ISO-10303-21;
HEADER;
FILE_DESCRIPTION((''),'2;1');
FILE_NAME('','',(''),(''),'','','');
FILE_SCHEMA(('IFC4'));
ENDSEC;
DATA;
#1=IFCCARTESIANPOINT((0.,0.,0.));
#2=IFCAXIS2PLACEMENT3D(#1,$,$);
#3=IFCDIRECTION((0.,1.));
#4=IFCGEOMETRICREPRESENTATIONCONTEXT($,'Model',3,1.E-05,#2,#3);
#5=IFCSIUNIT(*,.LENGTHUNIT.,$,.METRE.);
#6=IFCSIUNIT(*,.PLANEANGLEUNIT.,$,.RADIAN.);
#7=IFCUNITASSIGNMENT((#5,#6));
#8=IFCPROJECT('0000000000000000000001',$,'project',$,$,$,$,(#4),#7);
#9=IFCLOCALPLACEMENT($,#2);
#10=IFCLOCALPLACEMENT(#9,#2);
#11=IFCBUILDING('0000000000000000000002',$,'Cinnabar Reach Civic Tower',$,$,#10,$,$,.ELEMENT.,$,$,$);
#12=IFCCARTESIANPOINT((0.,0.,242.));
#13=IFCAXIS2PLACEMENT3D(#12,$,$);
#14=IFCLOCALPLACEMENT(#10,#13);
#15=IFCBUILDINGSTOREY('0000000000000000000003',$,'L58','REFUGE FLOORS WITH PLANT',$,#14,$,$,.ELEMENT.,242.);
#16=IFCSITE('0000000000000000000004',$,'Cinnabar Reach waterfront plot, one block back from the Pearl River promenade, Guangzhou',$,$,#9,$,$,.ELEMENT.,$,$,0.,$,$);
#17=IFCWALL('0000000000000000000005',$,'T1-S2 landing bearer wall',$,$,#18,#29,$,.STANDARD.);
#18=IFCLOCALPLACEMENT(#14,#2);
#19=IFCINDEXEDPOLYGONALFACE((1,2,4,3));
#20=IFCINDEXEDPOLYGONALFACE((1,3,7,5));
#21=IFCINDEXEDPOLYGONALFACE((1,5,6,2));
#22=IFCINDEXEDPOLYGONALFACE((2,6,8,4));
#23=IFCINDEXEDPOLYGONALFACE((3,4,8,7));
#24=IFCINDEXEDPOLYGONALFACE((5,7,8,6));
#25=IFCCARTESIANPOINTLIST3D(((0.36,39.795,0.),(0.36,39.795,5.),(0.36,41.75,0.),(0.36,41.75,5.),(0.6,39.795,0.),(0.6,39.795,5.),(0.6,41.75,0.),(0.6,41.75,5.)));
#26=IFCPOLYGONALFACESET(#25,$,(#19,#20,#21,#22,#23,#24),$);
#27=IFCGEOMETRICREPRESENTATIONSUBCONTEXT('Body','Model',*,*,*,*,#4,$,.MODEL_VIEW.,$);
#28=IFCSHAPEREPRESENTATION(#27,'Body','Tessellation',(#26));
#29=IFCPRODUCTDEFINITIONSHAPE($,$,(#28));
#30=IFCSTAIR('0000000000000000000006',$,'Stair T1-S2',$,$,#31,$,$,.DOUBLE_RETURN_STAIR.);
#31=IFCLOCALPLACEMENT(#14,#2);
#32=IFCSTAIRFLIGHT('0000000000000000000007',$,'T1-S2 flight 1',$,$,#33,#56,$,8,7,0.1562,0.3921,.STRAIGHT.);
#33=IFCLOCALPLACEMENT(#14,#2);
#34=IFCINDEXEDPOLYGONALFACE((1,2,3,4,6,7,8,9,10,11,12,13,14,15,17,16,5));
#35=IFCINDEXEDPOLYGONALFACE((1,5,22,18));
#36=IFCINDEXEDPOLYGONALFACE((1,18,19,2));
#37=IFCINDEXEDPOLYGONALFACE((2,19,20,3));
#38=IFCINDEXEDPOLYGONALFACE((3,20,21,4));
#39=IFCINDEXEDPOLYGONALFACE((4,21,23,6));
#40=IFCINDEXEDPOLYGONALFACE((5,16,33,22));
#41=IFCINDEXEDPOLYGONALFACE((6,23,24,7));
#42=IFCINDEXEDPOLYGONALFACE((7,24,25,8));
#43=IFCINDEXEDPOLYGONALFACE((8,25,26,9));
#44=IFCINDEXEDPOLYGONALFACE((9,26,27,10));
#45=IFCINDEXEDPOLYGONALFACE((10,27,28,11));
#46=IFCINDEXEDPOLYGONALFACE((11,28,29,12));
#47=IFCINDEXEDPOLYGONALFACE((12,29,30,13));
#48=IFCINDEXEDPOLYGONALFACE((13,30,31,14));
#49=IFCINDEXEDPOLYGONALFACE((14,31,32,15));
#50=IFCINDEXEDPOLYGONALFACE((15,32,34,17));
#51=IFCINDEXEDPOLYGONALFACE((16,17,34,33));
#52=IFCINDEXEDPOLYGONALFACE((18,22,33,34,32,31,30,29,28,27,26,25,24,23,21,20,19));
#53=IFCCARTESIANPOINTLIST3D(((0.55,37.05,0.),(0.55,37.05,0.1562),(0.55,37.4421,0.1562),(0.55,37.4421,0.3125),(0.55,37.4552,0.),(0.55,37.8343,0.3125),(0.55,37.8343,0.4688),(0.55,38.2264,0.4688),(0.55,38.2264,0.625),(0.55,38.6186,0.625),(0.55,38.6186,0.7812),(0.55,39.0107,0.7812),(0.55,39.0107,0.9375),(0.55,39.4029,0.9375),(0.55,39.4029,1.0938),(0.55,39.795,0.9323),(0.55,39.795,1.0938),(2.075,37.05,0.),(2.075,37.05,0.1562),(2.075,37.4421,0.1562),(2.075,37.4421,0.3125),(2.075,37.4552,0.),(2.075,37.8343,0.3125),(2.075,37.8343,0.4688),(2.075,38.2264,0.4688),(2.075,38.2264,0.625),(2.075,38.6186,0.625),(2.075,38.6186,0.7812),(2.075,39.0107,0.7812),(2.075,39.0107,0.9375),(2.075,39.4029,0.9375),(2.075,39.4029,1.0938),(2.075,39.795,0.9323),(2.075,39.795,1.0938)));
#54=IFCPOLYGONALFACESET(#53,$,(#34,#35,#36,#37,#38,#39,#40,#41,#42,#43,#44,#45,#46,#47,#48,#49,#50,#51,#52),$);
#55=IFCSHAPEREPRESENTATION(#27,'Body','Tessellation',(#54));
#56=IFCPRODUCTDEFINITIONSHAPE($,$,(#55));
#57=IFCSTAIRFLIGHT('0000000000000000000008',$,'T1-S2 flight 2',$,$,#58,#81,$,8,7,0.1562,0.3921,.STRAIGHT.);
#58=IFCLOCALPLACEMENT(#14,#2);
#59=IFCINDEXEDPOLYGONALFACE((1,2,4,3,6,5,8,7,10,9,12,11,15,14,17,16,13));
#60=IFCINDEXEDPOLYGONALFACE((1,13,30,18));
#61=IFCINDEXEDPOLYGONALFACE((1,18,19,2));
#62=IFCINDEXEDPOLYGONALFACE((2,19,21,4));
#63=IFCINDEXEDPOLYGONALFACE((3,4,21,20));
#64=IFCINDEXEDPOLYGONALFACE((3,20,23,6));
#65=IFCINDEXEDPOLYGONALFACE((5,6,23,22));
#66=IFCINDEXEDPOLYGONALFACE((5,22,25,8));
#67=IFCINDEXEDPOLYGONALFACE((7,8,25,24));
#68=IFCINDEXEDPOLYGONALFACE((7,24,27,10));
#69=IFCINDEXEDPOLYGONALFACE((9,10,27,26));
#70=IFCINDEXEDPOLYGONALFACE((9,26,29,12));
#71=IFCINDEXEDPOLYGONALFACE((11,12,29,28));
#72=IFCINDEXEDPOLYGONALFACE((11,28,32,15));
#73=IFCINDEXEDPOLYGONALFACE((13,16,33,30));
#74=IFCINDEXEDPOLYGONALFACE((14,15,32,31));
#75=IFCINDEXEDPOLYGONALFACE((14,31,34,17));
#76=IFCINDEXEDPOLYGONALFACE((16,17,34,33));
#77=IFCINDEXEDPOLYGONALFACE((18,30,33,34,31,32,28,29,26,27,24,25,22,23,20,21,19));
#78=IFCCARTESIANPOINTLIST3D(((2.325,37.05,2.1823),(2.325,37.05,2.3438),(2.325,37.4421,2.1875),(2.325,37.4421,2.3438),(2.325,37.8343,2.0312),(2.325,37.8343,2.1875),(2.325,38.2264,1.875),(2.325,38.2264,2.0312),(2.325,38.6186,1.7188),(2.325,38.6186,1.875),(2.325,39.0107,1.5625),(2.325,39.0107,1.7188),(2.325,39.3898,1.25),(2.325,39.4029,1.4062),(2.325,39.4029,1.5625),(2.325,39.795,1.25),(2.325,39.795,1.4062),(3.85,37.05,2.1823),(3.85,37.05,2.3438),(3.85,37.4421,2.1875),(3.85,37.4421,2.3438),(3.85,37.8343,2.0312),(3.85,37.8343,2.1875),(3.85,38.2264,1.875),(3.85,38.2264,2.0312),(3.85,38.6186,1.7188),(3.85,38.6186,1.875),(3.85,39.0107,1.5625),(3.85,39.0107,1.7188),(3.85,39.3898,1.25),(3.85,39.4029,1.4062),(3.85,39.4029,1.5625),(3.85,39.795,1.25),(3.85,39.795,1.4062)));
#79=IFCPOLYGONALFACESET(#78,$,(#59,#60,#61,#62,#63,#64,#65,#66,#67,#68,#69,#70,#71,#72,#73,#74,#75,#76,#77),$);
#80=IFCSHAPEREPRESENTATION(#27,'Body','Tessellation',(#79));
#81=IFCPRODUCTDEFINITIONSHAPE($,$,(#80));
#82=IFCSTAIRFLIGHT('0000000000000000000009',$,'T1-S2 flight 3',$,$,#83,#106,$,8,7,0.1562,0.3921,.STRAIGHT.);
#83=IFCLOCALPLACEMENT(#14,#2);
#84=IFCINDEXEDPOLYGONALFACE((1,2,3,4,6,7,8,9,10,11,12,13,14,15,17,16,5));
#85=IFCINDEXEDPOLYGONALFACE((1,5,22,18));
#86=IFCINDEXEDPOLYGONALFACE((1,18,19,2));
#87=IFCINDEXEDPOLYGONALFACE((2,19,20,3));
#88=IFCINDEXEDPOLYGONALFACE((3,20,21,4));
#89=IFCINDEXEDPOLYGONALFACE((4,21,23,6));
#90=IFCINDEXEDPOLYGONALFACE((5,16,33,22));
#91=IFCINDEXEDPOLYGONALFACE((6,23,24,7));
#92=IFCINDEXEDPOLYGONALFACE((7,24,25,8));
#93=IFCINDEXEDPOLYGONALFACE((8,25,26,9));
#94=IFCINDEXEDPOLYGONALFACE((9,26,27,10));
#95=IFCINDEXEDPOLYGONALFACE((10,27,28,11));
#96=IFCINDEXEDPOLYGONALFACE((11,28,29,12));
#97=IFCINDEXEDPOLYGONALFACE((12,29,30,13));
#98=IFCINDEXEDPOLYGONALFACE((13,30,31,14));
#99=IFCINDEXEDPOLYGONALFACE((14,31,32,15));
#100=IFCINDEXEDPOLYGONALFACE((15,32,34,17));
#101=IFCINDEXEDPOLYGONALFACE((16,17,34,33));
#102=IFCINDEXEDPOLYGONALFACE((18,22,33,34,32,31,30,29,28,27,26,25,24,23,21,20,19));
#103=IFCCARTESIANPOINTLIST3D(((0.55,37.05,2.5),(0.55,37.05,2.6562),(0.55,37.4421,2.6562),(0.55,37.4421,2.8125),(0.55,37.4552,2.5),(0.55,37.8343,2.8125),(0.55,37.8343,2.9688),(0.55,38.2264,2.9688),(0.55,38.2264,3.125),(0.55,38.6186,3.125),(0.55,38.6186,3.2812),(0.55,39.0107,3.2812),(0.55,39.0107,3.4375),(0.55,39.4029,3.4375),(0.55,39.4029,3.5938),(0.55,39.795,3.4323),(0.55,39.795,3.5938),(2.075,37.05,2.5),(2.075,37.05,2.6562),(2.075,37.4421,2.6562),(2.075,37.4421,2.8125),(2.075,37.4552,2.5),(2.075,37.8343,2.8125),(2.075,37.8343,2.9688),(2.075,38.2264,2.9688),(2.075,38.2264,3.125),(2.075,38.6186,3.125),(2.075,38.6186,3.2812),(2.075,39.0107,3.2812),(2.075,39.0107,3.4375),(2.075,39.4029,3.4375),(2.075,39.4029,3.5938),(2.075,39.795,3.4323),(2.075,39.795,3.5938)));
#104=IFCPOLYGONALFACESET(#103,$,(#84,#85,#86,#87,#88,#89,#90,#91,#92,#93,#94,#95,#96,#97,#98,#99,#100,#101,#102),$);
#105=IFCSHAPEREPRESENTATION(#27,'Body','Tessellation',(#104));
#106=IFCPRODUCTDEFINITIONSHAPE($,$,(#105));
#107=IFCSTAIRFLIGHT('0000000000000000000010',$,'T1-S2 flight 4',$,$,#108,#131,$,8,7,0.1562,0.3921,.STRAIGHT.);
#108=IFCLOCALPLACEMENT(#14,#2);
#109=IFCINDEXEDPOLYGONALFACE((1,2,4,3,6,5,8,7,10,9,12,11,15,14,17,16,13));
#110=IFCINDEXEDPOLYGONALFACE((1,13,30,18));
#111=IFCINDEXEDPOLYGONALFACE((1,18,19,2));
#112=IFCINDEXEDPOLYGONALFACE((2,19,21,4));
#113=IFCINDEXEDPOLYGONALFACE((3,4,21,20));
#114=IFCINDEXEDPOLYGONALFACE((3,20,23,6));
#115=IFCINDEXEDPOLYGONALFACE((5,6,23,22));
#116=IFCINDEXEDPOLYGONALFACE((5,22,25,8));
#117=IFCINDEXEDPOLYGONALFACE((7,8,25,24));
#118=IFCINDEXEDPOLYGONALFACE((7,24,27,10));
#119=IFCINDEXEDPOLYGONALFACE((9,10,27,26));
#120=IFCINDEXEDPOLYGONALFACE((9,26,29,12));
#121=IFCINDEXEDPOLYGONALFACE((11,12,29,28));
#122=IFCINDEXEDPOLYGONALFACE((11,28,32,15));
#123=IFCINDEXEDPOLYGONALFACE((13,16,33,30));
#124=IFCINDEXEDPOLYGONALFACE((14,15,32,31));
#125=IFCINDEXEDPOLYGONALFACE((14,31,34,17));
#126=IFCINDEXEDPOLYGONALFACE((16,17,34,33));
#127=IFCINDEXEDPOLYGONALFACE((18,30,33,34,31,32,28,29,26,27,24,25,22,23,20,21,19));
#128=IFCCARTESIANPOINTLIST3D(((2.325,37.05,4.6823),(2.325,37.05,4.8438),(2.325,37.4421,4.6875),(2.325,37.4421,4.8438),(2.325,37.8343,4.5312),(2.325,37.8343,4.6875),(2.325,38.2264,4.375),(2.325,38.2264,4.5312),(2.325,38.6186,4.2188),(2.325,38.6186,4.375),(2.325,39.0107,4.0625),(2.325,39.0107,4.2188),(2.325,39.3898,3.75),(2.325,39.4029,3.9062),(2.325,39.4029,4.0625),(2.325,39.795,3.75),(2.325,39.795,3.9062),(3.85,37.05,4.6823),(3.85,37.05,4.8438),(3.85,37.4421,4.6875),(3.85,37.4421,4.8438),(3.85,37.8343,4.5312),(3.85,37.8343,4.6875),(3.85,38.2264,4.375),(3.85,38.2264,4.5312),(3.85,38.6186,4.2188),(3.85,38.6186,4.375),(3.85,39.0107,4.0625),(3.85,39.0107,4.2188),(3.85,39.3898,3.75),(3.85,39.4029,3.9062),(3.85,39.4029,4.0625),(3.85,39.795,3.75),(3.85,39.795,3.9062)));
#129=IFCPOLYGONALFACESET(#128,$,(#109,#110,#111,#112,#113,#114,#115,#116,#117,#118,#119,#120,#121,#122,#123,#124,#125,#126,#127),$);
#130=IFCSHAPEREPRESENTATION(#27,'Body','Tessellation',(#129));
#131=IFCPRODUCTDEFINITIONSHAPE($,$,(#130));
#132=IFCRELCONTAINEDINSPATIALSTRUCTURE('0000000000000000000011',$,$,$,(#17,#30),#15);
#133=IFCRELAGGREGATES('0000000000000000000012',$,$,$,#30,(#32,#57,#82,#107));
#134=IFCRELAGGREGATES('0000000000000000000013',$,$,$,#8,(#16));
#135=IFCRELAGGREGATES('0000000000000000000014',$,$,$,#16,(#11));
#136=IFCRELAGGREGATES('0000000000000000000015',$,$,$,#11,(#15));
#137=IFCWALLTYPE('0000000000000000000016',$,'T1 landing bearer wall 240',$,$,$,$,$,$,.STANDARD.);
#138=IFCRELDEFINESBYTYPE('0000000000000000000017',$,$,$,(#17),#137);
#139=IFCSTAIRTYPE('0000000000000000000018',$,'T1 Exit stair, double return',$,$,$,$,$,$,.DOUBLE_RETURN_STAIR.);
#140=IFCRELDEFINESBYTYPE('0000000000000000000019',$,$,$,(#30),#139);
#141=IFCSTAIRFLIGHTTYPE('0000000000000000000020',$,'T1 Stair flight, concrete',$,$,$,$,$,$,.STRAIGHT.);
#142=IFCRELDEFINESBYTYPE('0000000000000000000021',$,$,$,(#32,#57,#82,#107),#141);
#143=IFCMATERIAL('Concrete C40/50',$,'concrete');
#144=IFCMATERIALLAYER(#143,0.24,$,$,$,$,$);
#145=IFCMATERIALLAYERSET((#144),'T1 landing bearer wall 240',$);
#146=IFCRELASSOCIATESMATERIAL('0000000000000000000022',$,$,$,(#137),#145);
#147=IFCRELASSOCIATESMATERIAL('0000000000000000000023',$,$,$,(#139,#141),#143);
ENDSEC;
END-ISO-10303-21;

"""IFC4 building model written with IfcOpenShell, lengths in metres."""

from ifc_helpers import new_model, si_unit, direction, frame, frame_2d, origin, place, context, subcontext, project, spatial, polyline, rectangle, outline, extrude, material, layer, layer_set, type_object, element, aggregate, save


model = new_model("IFC4")

# Units and contexts
model_context = context("Model", 3, precision=1e-05, world=origin(), true_north=direction((0.0, 1.0)))
body_context = subcontext(model_context, "Body", "Model", "MODEL_VIEW")
ifc_project = project(units=[si_unit("LENGTHUNIT", "METRE"), si_unit("PLANEANGLEUNIT", "RADIAN")], contexts=[model_context])

# Site, building, storey
site_placement = place(None, origin())
site = spatial("IfcSite", under=ifc_project, at=site_placement, Name="Cinnabar Reach waterfront plot, one block back from the Pearl River promenade, Guangzhou", CompositionType="ELEMENT", RefElevation=0.0)
building_placement = place(site_placement, origin())
building = spatial("IfcBuilding", under=site, at=building_placement, Name="Cinnabar Reach Civic Tower", CompositionType="ELEMENT")
storey_placement = place(building_placement, frame((0.0, 0.0, 242.0)))
storey = spatial("IfcBuildingStorey", under=building, at=storey_placement, Name="L58", Description="REFUGE FLOORS WITH PLANT", CompositionType="ELEMENT", Elevation=242.0)

# Wall
ifc_material_1 = material(Name="Concrete C40/50", Category="concrete")
ifc_layer_1 = layer(ifc_material_1, 0.24)
ifc_layer_set_1 = layer_set([ifc_layer_1], Name="T1 landing bearer wall 240")
wall_type_1 = type_object("IfcWallType", Name="T1 landing bearer wall 240", PredefinedType="STANDARD", material=ifc_layer_set_1)
wall_1_placement = place(storey_placement, frame((0.48, 39.795, 0.0), z_axis=(0.0, 0.0, 1.0), x_axis=(0.0, 1.0, 0.0)))
element("IfcWall", 1, at=wall_1_placement, inside=storey, type_object=wall_type_1, Name="T1-S2 landing bearer wall", PredefinedType="STANDARD", context=body_context, shape_type="SweptSolid", body=[
    extrude(rectangle(XDim=1.955, YDim=0.24, at=frame_2d((0.9775, 0.0))), origin(), (0.0, 0.0, 1.0), 5.0),
])

# Stair, stair flights
stair_type = type_object("IfcStairType", Name="T1 Exit stair, double return", PredefinedType="DOUBLE_RETURN_STAIR", material=ifc_material_1)
stair_placement = place(storey_placement, origin())
stair = element("IfcStair", 2, at=stair_placement, inside=storey, type_object=stair_type, Name="Stair T1-S2", PredefinedType="DOUBLE_RETURN_STAIR")
stair_flight_type = type_object("IfcStairFlightType", Name="T1 Stair flight, concrete", PredefinedType="STRAIGHT", material=ifc_material_1)
stair_flight_1_placement = place(storey_placement, frame((1.3125, 37.05, 0.0), z_axis=(0.0, 0.0, 1.0), x_axis=(0.0, 1.0, 0.0)))
stair_flight_1 = element("IfcStairFlight", 3, at=stair_flight_1_placement, type_object=stair_flight_type, Name="T1-S2 flight 1", NumberOfRisers=8, NumberOfTreads=7, PredefinedType="STRAIGHT", RiserHeight=0.1562, TreadLength=0.3921, context=body_context, shape_type="SweptSolid", body=[
    extrude(outline(polyline([(0.0, 0.0), (0.0, 0.1562), (0.3921, 0.1562), (0.3921, 0.3125), (0.7843, 0.3125), (0.7843, 0.4688), (1.1764, 0.4688), (1.1764, 0.625), (1.5686, 0.625), (1.5686, 0.7812), (1.9607, 0.7812), (1.9607, 0.9375), (2.3529, 0.9375), (2.3529, 1.0938), (2.745, 1.0938), (2.745, 1.25), (2.745, 0.9323), (0.4052, 0.0), (0.0, 0.0)])), frame((0.0, 0.7625, 0.0), z_axis=(0.0, -1.0, 0.0), x_axis=(1.0, 0.0, 0.0)), (0.0, 0.0, 1.0), 1.525),
])
stair_flight_2_placement = place(storey_placement, frame((3.0875, 39.795, 1.25), z_axis=(0.0, 0.0, 1.0), x_axis=(0.0, -1.0, 0.0)))
stair_flight_2 = element("IfcStairFlight", 4, at=stair_flight_2_placement, type_object=stair_flight_type, Name="T1-S2 flight 2", NumberOfRisers=8, NumberOfTreads=7, PredefinedType="STRAIGHT", RiserHeight=0.1562, TreadLength=0.3921, context=body_context, shape_type="SweptSolid", body=[
    extrude(outline(polyline([(0.0, 0.0), (0.0, 0.1562), (0.3921, 0.1562), (0.3921, 0.3125), (0.7843, 0.3125), (0.7843, 0.4688), (1.1764, 0.4688), (1.1764, 0.625), (1.5686, 0.625), (1.5686, 0.7812), (1.9607, 0.7812), (1.9607, 0.9375), (2.3529, 0.9375), (2.3529, 1.0938), (2.745, 1.0938), (2.745, 1.25), (2.745, 0.9323), (0.4052, 0.0), (0.0, 0.0)])), frame((0.0, 0.7625, 0.0), z_axis=(0.0, -1.0, 0.0), x_axis=(1.0, 0.0, 0.0)), (0.0, 0.0, 1.0), 1.525),
])
stair_flight_3_placement = place(storey_placement, frame((1.3125, 37.05, 2.5), z_axis=(0.0, 0.0, 1.0), x_axis=(0.0, 1.0, 0.0)))
stair_flight_3 = element("IfcStairFlight", 5, at=stair_flight_3_placement, type_object=stair_flight_type, Name="T1-S2 flight 3", NumberOfRisers=8, NumberOfTreads=7, PredefinedType="STRAIGHT", RiserHeight=0.1562, TreadLength=0.3921, context=body_context, shape_type="SweptSolid", body=[
    extrude(outline(polyline([(0.0, 0.0), (0.0, 0.1562), (0.3921, 0.1562), (0.3921, 0.3125), (0.7843, 0.3125), (0.7843, 0.4688), (1.1764, 0.4688), (1.1764, 0.625), (1.5686, 0.625), (1.5686, 0.7812), (1.9607, 0.7812), (1.9607, 0.9375), (2.3529, 0.9375), (2.3529, 1.0938), (2.745, 1.0938), (2.745, 1.25), (2.745, 0.9323), (0.4052, 0.0), (0.0, 0.0)])), frame((0.0, 0.7625, 0.0), z_axis=(0.0, -1.0, 0.0), x_axis=(1.0, 0.0, 0.0)), (0.0, 0.0, 1.0), 1.525),
])
stair_flight_4_placement = place(storey_placement, frame((3.0875, 39.795, 3.75), z_axis=(0.0, 0.0, 1.0), x_axis=(0.0, -1.0, 0.0)))
stair_flight_4 = element("IfcStairFlight", 6, at=stair_flight_4_placement, type_object=stair_flight_type, Name="T1-S2 flight 4", NumberOfRisers=8, NumberOfTreads=7, PredefinedType="STRAIGHT", RiserHeight=0.1562, TreadLength=0.3921, context=body_context, shape_type="SweptSolid", body=[
    extrude(outline(polyline([(0.0, 0.0), (0.0, 0.1562), (0.3921, 0.1562), (0.3921, 0.3125), (0.7843, 0.3125), (0.7843, 0.4688), (1.1764, 0.4688), (1.1764, 0.625), (1.5686, 0.625), (1.5686, 0.7812), (1.9607, 0.7812), (1.9607, 0.9375), (2.3529, 0.9375), (2.3529, 1.0938), (2.745, 1.0938), (2.745, 1.25), (2.745, 0.9323), (0.4052, 0.0), (0.0, 0.0)])), frame((0.0, 0.7625, 0.0), z_axis=(0.0, -1.0, 0.0), x_axis=(1.0, 0.0, 0.0)), (0.0, 0.0, 1.0), 1.525),
])
aggregate(stair, [stair_flight_1, stair_flight_2, stair_flight_3, stair_flight_4])

save(model, "model.ifc")
